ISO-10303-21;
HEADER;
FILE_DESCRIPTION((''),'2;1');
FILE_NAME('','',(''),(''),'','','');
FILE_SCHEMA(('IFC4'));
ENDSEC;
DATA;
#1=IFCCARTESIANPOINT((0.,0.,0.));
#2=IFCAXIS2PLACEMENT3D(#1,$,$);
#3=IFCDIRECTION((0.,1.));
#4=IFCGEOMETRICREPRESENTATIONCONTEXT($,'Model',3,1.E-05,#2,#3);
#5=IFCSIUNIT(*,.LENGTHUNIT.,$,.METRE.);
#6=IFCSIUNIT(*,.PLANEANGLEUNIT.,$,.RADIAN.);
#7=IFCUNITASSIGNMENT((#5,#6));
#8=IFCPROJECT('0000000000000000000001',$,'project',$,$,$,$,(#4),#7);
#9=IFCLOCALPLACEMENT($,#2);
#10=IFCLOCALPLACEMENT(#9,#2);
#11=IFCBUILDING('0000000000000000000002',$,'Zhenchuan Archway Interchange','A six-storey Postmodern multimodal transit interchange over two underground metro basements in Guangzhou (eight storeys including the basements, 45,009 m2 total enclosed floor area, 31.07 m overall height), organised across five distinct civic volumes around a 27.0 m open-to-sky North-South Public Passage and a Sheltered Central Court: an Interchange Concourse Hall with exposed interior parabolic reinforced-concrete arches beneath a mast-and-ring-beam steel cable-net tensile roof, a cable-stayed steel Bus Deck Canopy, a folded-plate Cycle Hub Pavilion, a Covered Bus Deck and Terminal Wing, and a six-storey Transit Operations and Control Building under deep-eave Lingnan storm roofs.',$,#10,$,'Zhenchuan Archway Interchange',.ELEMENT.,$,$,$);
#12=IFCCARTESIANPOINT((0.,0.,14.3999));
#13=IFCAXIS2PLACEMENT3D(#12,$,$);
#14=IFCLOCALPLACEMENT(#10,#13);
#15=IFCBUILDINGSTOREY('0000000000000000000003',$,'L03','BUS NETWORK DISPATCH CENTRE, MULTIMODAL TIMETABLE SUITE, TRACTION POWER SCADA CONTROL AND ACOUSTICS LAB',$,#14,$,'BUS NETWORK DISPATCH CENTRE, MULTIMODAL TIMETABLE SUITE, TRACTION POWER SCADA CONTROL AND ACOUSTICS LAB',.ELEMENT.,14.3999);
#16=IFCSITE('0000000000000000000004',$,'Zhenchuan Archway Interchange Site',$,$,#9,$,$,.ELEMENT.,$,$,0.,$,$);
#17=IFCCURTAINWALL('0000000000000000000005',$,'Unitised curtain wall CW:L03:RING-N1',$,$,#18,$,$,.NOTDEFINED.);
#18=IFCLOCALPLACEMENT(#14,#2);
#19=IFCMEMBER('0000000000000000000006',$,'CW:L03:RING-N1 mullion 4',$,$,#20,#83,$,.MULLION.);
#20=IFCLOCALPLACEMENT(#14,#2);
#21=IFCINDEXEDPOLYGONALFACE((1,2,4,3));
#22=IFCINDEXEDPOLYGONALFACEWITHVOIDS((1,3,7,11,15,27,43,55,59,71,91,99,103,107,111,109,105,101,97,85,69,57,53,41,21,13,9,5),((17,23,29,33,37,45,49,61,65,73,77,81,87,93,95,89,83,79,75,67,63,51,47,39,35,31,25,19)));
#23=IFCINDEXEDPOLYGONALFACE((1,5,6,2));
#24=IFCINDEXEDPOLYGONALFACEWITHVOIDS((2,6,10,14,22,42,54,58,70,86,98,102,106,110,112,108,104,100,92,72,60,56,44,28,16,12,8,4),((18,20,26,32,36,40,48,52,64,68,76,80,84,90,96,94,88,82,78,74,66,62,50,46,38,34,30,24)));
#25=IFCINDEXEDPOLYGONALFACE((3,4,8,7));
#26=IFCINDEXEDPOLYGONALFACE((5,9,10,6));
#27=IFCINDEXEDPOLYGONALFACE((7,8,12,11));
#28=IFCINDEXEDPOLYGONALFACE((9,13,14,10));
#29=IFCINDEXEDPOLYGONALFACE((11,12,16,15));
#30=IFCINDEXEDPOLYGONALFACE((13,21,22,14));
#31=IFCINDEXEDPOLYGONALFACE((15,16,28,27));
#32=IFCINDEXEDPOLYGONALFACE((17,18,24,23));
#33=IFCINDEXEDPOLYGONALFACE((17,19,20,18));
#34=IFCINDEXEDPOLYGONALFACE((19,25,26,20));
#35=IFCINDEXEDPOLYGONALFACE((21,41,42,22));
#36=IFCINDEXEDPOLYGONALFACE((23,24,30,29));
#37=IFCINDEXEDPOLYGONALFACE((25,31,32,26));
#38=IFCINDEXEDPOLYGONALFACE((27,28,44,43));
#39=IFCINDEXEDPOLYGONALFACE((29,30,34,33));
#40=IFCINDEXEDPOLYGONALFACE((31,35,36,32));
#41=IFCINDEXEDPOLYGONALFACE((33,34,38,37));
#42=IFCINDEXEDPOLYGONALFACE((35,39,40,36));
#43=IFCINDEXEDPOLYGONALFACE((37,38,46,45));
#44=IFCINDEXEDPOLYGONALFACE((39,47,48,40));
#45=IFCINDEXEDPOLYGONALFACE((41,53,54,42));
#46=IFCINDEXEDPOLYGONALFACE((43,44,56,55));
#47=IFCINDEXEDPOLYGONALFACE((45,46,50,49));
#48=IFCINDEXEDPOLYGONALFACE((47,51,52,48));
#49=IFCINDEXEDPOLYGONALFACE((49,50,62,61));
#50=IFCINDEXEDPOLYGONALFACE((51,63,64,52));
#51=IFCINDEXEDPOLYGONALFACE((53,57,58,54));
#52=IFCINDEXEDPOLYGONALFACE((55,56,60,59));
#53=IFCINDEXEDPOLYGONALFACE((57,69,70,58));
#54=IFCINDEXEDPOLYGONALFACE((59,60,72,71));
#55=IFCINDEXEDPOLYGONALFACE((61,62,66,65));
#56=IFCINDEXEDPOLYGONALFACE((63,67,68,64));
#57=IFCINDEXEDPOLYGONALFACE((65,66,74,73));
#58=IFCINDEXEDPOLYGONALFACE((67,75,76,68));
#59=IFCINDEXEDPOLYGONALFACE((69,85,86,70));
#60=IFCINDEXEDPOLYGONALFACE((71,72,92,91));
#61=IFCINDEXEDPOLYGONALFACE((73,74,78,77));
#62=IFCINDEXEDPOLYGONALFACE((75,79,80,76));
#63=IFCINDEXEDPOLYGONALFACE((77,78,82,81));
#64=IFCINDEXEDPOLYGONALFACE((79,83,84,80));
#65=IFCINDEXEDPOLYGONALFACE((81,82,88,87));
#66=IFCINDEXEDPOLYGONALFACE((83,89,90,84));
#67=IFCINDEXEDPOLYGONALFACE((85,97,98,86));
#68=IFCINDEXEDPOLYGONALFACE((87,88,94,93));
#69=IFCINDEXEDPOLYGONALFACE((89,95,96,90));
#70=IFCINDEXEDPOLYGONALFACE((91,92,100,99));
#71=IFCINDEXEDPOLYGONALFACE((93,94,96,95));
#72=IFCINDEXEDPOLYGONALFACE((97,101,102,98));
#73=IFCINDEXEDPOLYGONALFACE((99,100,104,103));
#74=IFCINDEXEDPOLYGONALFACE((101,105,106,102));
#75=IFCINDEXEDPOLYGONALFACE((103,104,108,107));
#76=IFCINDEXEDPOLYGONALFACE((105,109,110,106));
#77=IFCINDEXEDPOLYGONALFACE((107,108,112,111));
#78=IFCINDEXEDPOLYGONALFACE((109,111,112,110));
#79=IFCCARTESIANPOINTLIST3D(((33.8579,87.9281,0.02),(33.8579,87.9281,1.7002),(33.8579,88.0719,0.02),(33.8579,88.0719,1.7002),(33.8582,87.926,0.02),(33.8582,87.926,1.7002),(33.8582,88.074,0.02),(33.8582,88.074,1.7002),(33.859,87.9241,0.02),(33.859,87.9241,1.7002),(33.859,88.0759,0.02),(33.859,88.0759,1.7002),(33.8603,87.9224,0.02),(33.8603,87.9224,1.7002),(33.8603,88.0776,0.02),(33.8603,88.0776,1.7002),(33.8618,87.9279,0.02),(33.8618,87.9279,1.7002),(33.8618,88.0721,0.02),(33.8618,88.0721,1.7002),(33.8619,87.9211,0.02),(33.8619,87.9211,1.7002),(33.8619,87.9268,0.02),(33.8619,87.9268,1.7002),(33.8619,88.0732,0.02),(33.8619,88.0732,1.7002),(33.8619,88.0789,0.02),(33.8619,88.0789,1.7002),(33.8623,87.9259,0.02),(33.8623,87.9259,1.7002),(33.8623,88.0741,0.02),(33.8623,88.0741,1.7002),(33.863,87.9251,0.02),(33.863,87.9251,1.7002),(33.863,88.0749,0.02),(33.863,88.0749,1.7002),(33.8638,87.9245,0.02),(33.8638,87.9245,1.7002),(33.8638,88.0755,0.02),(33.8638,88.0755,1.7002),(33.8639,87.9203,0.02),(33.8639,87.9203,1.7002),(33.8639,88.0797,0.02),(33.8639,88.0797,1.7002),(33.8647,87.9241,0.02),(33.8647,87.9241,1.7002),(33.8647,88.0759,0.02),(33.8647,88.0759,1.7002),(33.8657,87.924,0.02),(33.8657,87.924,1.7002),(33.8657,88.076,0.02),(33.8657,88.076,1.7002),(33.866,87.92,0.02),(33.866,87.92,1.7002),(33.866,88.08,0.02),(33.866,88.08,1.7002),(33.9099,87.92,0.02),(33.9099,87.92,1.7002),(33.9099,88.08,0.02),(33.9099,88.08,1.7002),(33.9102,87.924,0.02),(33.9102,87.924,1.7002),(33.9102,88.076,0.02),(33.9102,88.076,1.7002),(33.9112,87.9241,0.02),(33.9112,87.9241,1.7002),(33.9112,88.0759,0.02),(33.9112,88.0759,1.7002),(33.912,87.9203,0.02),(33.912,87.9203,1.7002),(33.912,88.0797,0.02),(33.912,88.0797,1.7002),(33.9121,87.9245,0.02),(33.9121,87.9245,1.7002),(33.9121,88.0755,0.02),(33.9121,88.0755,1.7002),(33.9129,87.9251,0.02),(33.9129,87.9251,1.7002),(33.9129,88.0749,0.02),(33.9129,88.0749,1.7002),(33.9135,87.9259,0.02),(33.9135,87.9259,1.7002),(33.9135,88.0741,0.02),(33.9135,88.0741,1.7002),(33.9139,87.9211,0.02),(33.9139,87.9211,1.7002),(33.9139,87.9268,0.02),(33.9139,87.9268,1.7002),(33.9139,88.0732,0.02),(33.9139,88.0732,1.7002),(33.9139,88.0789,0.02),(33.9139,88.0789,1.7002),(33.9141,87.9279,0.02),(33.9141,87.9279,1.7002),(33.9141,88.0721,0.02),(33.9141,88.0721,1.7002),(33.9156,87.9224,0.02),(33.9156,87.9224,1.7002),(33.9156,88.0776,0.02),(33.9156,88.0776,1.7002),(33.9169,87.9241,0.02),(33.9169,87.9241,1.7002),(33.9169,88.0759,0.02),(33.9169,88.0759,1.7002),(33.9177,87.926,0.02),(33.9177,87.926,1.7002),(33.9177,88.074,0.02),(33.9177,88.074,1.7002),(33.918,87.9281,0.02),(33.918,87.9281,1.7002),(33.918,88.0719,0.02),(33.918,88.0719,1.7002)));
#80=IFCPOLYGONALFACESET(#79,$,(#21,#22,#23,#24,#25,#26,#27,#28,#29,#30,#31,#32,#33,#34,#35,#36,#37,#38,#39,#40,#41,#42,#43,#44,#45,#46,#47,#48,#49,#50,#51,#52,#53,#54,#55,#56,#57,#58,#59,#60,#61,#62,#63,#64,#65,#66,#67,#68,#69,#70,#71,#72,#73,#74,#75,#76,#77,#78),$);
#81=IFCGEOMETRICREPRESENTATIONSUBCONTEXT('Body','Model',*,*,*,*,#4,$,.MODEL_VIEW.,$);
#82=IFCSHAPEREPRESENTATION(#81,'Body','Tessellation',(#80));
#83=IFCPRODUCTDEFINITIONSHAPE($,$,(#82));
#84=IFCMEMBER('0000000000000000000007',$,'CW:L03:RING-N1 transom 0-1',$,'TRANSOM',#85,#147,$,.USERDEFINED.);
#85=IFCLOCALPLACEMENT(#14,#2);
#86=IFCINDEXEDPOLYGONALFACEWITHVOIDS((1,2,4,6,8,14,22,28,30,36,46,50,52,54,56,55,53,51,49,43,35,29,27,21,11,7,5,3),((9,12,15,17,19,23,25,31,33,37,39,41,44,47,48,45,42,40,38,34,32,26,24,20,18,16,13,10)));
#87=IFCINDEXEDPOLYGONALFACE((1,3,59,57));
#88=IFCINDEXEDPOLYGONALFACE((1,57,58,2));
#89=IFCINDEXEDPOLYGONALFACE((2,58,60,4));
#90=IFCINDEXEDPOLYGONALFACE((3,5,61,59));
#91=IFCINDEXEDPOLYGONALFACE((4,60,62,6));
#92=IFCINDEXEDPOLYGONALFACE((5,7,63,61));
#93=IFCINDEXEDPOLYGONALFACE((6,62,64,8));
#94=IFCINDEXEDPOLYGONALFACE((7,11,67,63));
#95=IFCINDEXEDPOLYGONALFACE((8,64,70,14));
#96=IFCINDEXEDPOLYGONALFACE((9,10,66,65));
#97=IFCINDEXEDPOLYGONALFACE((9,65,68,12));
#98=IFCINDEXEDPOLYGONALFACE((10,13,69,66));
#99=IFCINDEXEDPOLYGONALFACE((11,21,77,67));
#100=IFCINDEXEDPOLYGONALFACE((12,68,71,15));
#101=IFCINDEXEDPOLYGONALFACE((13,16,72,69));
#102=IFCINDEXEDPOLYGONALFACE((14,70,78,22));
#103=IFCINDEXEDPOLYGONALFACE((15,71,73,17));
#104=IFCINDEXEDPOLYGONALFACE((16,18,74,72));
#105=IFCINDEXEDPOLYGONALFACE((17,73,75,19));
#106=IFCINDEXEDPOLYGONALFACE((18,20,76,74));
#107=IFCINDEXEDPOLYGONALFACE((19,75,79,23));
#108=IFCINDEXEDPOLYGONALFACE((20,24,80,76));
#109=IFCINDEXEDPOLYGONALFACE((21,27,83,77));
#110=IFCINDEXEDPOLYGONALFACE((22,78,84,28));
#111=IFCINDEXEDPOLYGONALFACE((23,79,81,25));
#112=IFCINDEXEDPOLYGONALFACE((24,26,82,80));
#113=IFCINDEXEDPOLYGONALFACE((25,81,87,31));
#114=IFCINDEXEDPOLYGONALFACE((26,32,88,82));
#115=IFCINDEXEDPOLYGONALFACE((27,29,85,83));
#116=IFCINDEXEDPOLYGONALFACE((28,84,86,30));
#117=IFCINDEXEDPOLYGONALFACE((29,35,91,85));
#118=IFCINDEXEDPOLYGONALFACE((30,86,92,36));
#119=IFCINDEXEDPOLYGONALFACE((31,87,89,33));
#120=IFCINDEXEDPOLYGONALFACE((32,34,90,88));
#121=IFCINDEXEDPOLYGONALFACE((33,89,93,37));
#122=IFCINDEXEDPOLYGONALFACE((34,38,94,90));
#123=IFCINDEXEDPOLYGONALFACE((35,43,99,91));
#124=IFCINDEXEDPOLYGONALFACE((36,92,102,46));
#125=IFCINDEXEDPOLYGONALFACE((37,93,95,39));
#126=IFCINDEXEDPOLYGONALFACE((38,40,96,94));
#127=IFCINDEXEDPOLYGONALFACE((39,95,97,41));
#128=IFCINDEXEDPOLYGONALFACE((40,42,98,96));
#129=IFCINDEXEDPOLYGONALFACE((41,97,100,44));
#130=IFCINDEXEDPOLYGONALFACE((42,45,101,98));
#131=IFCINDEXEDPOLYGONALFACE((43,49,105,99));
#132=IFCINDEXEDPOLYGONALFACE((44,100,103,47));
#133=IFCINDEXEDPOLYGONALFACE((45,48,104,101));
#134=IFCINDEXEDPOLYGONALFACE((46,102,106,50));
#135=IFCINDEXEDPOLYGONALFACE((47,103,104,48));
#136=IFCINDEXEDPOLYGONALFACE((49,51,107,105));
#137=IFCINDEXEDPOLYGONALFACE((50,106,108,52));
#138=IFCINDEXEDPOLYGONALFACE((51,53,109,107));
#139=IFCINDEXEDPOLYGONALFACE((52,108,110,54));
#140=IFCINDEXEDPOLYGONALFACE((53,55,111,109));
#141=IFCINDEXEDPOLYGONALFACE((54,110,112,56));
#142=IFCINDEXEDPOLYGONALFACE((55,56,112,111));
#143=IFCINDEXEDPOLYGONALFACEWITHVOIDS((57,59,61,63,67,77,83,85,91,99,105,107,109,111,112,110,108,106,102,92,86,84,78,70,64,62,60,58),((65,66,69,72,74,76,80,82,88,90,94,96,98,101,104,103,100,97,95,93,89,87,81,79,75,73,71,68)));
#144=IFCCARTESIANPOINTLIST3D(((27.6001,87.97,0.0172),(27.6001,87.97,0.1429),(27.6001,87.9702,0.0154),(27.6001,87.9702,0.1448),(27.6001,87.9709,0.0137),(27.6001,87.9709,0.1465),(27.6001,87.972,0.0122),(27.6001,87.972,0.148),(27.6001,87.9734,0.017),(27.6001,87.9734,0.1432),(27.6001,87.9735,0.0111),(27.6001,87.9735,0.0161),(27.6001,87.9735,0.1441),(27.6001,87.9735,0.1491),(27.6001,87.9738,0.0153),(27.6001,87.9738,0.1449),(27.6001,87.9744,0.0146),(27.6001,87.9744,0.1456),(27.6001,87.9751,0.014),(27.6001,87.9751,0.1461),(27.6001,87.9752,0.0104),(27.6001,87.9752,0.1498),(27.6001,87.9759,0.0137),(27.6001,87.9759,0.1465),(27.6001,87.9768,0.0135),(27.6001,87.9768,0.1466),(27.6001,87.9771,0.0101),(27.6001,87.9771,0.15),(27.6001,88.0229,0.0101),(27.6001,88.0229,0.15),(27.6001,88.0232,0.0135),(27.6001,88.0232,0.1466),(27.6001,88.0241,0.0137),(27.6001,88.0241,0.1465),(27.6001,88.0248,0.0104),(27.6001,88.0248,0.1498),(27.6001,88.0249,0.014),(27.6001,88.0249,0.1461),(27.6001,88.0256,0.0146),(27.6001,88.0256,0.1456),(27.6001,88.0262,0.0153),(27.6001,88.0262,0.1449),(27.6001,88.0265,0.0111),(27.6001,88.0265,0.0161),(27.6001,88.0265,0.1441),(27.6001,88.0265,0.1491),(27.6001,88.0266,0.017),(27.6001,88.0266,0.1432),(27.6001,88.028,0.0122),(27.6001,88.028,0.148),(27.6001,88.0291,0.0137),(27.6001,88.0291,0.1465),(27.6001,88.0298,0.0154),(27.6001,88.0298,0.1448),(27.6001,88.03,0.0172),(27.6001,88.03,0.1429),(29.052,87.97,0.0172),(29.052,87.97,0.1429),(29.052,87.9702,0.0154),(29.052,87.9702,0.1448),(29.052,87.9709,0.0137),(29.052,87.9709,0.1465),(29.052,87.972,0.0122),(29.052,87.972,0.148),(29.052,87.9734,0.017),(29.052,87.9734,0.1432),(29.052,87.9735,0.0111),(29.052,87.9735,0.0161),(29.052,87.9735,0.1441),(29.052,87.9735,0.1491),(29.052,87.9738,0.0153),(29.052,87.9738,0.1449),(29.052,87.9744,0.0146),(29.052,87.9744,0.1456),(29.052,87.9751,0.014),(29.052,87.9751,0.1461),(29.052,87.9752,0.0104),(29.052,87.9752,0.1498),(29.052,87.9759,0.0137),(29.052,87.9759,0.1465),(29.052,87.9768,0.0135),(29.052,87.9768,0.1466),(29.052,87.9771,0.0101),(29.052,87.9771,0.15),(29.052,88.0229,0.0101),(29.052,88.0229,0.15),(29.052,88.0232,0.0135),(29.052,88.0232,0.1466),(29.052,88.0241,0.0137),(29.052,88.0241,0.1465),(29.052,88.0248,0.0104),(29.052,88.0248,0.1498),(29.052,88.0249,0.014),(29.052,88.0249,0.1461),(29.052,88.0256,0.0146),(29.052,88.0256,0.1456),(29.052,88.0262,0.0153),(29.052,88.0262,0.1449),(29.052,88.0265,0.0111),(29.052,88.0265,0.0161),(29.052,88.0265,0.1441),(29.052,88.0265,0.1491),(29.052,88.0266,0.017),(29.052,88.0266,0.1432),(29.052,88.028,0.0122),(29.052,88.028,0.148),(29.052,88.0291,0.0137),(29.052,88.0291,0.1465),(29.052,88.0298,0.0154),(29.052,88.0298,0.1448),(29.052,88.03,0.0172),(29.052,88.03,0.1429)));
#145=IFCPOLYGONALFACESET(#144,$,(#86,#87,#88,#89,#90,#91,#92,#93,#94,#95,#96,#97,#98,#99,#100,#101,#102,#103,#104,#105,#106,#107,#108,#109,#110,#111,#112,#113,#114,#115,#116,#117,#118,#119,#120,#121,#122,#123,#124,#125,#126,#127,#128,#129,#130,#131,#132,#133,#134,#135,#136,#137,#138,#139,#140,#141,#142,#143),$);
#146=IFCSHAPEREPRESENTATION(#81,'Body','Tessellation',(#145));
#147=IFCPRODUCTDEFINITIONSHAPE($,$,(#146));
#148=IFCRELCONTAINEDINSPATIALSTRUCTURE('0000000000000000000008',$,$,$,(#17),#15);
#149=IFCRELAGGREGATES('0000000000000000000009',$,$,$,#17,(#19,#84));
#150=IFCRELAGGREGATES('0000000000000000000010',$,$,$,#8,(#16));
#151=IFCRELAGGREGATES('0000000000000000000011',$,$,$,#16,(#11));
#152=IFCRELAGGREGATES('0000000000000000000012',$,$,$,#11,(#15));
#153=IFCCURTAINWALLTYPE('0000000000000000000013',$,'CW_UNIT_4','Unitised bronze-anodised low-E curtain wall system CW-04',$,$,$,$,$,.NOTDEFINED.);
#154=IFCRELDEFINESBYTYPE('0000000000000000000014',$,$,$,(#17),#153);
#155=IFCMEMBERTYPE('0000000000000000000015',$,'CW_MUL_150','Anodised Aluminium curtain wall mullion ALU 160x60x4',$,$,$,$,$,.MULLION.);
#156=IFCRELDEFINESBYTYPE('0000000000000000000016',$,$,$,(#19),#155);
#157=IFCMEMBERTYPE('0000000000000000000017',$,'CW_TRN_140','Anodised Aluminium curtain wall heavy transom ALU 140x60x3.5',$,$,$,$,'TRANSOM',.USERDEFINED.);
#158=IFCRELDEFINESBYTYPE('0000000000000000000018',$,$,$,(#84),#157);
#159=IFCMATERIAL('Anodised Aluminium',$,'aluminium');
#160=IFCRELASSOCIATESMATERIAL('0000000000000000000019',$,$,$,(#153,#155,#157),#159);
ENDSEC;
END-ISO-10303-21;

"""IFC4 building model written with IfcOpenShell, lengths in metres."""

from ifc_helpers import new_model, si_unit, direction, frame, origin, origin_2d, place, context, subcontext, project, spatial, hollow_rectangle, extrude, material, material_profile, profile_set, type_object, element, aggregate, save


model = new_model("IFC4")

# Units and contexts
model_context = context("Model", 3, precision=1e-05, world=origin(), true_north=direction((0.0, 1.0)))
body_context = subcontext(model_context, "Body", "Model", "MODEL_VIEW")
ifc_project = project(units=[si_unit("LENGTHUNIT", "METRE"), si_unit("PLANEANGLEUNIT", "RADIAN")], contexts=[model_context])

# Site, building, storey
site_placement = place(None, origin())
site = spatial("IfcSite", under=ifc_project, at=site_placement, Name="Zhenchuan Archway Interchange Site", CompositionType="ELEMENT", RefElevation=0.0)
building_placement = place(site_placement, origin())
building = spatial("IfcBuilding", under=site, at=building_placement, Name="Zhenchuan Archway Interchange", Description="A six-storey Postmodern multimodal transit interchange over two underground metro basements in Guangzhou (eight storeys including the basements, 45,009 m2 total enclosed floor area, 31.07 m overall height), organised across five distinct civic volumes around a 27.0 m open-to-sky North-South Public Passage and a Sheltered Central Court: an Interchange Concourse Hall with exposed interior parabolic reinforced-concrete arches beneath a mast-and-ring-beam steel cable-net tensile roof, a cable-stayed steel Bus Deck Canopy, a folded-plate Cycle Hub Pavilion, a Covered Bus Deck and Terminal Wing, and a six-storey Transit Operations and Control Building under deep-eave Lingnan storm roofs.", LongName="Zhenchuan Archway Interchange", CompositionType="ELEMENT")
storey_placement = place(building_placement, frame((0.0, 0.0, 14.3999)))
storey = spatial("IfcBuildingStorey", under=building, at=storey_placement, Name="L03", Description="BUS NETWORK DISPATCH CENTRE, MULTIMODAL TIMETABLE SUITE, TRACTION POWER SCADA CONTROL AND ACOUSTICS LAB", LongName="BUS NETWORK DISPATCH CENTRE, MULTIMODAL TIMETABLE SUITE, TRACTION POWER SCADA CONTROL AND ACOUSTICS LAB", CompositionType="ELEMENT", Elevation=14.3999)

# Curtain wall, members
ifc_material_1 = material(Name="Anodised Aluminium", Category="aluminium")
curtain_wall_type = type_object("IfcCurtainWallType", Name="CW_UNIT_4", Description="Unitised bronze-anodised low-E curtain wall system CW-04", PredefinedType="NOTDEFINED", material=ifc_material_1)
curtain_wall_placement = place(storey_placement, origin())
curtain_wall = element("IfcCurtainWall", 1, at=curtain_wall_placement, inside=storey, type_object=curtain_wall_type, Name="Unitised curtain wall CW:L03:RING-N1", PredefinedType="NOTDEFINED")
ifc_material_profile_1 = material_profile(ifc_material_1, hollow_rectangle(XDim=0.0601, YDim=0.1599, WallThickness=0.0039, InnerFilletRadius=0.0039, OuterFilletRadius=0.0081, at=origin_2d()), Name="ALU 160x60x4")
ifc_profile_set_1 = profile_set([ifc_material_profile_1], Name="Anodised Aluminium")
member_type_1 = type_object("IfcMemberType", Name="CW_MUL_150", Description="Anodised Aluminium curtain wall mullion ALU 160x60x4", PredefinedType="MULLION", material=ifc_profile_set_1)
member_1_placement = place(storey_placement, frame((33.8879, 88.0, 0.02), z_axis=(0.0, 0.0, 1.0), x_axis=(1.0, 0.0, 0.0)))
member_1 = element("IfcMember", 2, at=member_1_placement, type_object=member_type_1, Name="CW:L03:RING-N1 mullion 4", PredefinedType="MULLION", context=body_context, shape_type="SweptSolid", body=[
    extrude(hollow_rectangle(XDim=0.0601, YDim=0.1599, WallThickness=0.0039, InnerFilletRadius=0.0039, OuterFilletRadius=0.0081, at=origin_2d()), origin(), (0.0, 0.0, 1.0), 1.6802),
])
ifc_material_profile_2 = material_profile(ifc_material_1, hollow_rectangle(XDim=0.0601, YDim=0.1399, WallThickness=0.0034, InnerFilletRadius=0.0034, OuterFilletRadius=0.0071, at=origin_2d()), Name="ALU 140x60x3.5")
ifc_profile_set_2 = profile_set([ifc_material_profile_2], Name="Anodised Aluminium")
member_type_2 = type_object("IfcMemberType", Name="CW_TRN_140", Description="Anodised Aluminium curtain wall heavy transom ALU 140x60x3.5", ElementType="TRANSOM", PredefinedType="USERDEFINED", material=ifc_profile_set_2)
member_2_placement = place(storey_placement, frame((27.6001, 88.0, 0.0801), z_axis=(1.0, 0.0, 0.0), x_axis=(0.0, 1.0, 0.0)))
member_2 = element("IfcMember", 3, at=member_2_placement, type_object=member_type_2, Name="CW:L03:RING-N1 transom 0-1", ObjectType="TRANSOM", PredefinedType="USERDEFINED", context=body_context, shape_type="SweptSolid", body=[
    extrude(hollow_rectangle(XDim=0.0601, YDim=0.1399, WallThickness=0.0034, InnerFilletRadius=0.0034, OuterFilletRadius=0.0071, at=origin_2d()), origin(), (0.0, 0.0, 1.0), 1.4519),
])

aggregate(curtain_wall, [member_1, member_2])

save(model, "model.ifc")
